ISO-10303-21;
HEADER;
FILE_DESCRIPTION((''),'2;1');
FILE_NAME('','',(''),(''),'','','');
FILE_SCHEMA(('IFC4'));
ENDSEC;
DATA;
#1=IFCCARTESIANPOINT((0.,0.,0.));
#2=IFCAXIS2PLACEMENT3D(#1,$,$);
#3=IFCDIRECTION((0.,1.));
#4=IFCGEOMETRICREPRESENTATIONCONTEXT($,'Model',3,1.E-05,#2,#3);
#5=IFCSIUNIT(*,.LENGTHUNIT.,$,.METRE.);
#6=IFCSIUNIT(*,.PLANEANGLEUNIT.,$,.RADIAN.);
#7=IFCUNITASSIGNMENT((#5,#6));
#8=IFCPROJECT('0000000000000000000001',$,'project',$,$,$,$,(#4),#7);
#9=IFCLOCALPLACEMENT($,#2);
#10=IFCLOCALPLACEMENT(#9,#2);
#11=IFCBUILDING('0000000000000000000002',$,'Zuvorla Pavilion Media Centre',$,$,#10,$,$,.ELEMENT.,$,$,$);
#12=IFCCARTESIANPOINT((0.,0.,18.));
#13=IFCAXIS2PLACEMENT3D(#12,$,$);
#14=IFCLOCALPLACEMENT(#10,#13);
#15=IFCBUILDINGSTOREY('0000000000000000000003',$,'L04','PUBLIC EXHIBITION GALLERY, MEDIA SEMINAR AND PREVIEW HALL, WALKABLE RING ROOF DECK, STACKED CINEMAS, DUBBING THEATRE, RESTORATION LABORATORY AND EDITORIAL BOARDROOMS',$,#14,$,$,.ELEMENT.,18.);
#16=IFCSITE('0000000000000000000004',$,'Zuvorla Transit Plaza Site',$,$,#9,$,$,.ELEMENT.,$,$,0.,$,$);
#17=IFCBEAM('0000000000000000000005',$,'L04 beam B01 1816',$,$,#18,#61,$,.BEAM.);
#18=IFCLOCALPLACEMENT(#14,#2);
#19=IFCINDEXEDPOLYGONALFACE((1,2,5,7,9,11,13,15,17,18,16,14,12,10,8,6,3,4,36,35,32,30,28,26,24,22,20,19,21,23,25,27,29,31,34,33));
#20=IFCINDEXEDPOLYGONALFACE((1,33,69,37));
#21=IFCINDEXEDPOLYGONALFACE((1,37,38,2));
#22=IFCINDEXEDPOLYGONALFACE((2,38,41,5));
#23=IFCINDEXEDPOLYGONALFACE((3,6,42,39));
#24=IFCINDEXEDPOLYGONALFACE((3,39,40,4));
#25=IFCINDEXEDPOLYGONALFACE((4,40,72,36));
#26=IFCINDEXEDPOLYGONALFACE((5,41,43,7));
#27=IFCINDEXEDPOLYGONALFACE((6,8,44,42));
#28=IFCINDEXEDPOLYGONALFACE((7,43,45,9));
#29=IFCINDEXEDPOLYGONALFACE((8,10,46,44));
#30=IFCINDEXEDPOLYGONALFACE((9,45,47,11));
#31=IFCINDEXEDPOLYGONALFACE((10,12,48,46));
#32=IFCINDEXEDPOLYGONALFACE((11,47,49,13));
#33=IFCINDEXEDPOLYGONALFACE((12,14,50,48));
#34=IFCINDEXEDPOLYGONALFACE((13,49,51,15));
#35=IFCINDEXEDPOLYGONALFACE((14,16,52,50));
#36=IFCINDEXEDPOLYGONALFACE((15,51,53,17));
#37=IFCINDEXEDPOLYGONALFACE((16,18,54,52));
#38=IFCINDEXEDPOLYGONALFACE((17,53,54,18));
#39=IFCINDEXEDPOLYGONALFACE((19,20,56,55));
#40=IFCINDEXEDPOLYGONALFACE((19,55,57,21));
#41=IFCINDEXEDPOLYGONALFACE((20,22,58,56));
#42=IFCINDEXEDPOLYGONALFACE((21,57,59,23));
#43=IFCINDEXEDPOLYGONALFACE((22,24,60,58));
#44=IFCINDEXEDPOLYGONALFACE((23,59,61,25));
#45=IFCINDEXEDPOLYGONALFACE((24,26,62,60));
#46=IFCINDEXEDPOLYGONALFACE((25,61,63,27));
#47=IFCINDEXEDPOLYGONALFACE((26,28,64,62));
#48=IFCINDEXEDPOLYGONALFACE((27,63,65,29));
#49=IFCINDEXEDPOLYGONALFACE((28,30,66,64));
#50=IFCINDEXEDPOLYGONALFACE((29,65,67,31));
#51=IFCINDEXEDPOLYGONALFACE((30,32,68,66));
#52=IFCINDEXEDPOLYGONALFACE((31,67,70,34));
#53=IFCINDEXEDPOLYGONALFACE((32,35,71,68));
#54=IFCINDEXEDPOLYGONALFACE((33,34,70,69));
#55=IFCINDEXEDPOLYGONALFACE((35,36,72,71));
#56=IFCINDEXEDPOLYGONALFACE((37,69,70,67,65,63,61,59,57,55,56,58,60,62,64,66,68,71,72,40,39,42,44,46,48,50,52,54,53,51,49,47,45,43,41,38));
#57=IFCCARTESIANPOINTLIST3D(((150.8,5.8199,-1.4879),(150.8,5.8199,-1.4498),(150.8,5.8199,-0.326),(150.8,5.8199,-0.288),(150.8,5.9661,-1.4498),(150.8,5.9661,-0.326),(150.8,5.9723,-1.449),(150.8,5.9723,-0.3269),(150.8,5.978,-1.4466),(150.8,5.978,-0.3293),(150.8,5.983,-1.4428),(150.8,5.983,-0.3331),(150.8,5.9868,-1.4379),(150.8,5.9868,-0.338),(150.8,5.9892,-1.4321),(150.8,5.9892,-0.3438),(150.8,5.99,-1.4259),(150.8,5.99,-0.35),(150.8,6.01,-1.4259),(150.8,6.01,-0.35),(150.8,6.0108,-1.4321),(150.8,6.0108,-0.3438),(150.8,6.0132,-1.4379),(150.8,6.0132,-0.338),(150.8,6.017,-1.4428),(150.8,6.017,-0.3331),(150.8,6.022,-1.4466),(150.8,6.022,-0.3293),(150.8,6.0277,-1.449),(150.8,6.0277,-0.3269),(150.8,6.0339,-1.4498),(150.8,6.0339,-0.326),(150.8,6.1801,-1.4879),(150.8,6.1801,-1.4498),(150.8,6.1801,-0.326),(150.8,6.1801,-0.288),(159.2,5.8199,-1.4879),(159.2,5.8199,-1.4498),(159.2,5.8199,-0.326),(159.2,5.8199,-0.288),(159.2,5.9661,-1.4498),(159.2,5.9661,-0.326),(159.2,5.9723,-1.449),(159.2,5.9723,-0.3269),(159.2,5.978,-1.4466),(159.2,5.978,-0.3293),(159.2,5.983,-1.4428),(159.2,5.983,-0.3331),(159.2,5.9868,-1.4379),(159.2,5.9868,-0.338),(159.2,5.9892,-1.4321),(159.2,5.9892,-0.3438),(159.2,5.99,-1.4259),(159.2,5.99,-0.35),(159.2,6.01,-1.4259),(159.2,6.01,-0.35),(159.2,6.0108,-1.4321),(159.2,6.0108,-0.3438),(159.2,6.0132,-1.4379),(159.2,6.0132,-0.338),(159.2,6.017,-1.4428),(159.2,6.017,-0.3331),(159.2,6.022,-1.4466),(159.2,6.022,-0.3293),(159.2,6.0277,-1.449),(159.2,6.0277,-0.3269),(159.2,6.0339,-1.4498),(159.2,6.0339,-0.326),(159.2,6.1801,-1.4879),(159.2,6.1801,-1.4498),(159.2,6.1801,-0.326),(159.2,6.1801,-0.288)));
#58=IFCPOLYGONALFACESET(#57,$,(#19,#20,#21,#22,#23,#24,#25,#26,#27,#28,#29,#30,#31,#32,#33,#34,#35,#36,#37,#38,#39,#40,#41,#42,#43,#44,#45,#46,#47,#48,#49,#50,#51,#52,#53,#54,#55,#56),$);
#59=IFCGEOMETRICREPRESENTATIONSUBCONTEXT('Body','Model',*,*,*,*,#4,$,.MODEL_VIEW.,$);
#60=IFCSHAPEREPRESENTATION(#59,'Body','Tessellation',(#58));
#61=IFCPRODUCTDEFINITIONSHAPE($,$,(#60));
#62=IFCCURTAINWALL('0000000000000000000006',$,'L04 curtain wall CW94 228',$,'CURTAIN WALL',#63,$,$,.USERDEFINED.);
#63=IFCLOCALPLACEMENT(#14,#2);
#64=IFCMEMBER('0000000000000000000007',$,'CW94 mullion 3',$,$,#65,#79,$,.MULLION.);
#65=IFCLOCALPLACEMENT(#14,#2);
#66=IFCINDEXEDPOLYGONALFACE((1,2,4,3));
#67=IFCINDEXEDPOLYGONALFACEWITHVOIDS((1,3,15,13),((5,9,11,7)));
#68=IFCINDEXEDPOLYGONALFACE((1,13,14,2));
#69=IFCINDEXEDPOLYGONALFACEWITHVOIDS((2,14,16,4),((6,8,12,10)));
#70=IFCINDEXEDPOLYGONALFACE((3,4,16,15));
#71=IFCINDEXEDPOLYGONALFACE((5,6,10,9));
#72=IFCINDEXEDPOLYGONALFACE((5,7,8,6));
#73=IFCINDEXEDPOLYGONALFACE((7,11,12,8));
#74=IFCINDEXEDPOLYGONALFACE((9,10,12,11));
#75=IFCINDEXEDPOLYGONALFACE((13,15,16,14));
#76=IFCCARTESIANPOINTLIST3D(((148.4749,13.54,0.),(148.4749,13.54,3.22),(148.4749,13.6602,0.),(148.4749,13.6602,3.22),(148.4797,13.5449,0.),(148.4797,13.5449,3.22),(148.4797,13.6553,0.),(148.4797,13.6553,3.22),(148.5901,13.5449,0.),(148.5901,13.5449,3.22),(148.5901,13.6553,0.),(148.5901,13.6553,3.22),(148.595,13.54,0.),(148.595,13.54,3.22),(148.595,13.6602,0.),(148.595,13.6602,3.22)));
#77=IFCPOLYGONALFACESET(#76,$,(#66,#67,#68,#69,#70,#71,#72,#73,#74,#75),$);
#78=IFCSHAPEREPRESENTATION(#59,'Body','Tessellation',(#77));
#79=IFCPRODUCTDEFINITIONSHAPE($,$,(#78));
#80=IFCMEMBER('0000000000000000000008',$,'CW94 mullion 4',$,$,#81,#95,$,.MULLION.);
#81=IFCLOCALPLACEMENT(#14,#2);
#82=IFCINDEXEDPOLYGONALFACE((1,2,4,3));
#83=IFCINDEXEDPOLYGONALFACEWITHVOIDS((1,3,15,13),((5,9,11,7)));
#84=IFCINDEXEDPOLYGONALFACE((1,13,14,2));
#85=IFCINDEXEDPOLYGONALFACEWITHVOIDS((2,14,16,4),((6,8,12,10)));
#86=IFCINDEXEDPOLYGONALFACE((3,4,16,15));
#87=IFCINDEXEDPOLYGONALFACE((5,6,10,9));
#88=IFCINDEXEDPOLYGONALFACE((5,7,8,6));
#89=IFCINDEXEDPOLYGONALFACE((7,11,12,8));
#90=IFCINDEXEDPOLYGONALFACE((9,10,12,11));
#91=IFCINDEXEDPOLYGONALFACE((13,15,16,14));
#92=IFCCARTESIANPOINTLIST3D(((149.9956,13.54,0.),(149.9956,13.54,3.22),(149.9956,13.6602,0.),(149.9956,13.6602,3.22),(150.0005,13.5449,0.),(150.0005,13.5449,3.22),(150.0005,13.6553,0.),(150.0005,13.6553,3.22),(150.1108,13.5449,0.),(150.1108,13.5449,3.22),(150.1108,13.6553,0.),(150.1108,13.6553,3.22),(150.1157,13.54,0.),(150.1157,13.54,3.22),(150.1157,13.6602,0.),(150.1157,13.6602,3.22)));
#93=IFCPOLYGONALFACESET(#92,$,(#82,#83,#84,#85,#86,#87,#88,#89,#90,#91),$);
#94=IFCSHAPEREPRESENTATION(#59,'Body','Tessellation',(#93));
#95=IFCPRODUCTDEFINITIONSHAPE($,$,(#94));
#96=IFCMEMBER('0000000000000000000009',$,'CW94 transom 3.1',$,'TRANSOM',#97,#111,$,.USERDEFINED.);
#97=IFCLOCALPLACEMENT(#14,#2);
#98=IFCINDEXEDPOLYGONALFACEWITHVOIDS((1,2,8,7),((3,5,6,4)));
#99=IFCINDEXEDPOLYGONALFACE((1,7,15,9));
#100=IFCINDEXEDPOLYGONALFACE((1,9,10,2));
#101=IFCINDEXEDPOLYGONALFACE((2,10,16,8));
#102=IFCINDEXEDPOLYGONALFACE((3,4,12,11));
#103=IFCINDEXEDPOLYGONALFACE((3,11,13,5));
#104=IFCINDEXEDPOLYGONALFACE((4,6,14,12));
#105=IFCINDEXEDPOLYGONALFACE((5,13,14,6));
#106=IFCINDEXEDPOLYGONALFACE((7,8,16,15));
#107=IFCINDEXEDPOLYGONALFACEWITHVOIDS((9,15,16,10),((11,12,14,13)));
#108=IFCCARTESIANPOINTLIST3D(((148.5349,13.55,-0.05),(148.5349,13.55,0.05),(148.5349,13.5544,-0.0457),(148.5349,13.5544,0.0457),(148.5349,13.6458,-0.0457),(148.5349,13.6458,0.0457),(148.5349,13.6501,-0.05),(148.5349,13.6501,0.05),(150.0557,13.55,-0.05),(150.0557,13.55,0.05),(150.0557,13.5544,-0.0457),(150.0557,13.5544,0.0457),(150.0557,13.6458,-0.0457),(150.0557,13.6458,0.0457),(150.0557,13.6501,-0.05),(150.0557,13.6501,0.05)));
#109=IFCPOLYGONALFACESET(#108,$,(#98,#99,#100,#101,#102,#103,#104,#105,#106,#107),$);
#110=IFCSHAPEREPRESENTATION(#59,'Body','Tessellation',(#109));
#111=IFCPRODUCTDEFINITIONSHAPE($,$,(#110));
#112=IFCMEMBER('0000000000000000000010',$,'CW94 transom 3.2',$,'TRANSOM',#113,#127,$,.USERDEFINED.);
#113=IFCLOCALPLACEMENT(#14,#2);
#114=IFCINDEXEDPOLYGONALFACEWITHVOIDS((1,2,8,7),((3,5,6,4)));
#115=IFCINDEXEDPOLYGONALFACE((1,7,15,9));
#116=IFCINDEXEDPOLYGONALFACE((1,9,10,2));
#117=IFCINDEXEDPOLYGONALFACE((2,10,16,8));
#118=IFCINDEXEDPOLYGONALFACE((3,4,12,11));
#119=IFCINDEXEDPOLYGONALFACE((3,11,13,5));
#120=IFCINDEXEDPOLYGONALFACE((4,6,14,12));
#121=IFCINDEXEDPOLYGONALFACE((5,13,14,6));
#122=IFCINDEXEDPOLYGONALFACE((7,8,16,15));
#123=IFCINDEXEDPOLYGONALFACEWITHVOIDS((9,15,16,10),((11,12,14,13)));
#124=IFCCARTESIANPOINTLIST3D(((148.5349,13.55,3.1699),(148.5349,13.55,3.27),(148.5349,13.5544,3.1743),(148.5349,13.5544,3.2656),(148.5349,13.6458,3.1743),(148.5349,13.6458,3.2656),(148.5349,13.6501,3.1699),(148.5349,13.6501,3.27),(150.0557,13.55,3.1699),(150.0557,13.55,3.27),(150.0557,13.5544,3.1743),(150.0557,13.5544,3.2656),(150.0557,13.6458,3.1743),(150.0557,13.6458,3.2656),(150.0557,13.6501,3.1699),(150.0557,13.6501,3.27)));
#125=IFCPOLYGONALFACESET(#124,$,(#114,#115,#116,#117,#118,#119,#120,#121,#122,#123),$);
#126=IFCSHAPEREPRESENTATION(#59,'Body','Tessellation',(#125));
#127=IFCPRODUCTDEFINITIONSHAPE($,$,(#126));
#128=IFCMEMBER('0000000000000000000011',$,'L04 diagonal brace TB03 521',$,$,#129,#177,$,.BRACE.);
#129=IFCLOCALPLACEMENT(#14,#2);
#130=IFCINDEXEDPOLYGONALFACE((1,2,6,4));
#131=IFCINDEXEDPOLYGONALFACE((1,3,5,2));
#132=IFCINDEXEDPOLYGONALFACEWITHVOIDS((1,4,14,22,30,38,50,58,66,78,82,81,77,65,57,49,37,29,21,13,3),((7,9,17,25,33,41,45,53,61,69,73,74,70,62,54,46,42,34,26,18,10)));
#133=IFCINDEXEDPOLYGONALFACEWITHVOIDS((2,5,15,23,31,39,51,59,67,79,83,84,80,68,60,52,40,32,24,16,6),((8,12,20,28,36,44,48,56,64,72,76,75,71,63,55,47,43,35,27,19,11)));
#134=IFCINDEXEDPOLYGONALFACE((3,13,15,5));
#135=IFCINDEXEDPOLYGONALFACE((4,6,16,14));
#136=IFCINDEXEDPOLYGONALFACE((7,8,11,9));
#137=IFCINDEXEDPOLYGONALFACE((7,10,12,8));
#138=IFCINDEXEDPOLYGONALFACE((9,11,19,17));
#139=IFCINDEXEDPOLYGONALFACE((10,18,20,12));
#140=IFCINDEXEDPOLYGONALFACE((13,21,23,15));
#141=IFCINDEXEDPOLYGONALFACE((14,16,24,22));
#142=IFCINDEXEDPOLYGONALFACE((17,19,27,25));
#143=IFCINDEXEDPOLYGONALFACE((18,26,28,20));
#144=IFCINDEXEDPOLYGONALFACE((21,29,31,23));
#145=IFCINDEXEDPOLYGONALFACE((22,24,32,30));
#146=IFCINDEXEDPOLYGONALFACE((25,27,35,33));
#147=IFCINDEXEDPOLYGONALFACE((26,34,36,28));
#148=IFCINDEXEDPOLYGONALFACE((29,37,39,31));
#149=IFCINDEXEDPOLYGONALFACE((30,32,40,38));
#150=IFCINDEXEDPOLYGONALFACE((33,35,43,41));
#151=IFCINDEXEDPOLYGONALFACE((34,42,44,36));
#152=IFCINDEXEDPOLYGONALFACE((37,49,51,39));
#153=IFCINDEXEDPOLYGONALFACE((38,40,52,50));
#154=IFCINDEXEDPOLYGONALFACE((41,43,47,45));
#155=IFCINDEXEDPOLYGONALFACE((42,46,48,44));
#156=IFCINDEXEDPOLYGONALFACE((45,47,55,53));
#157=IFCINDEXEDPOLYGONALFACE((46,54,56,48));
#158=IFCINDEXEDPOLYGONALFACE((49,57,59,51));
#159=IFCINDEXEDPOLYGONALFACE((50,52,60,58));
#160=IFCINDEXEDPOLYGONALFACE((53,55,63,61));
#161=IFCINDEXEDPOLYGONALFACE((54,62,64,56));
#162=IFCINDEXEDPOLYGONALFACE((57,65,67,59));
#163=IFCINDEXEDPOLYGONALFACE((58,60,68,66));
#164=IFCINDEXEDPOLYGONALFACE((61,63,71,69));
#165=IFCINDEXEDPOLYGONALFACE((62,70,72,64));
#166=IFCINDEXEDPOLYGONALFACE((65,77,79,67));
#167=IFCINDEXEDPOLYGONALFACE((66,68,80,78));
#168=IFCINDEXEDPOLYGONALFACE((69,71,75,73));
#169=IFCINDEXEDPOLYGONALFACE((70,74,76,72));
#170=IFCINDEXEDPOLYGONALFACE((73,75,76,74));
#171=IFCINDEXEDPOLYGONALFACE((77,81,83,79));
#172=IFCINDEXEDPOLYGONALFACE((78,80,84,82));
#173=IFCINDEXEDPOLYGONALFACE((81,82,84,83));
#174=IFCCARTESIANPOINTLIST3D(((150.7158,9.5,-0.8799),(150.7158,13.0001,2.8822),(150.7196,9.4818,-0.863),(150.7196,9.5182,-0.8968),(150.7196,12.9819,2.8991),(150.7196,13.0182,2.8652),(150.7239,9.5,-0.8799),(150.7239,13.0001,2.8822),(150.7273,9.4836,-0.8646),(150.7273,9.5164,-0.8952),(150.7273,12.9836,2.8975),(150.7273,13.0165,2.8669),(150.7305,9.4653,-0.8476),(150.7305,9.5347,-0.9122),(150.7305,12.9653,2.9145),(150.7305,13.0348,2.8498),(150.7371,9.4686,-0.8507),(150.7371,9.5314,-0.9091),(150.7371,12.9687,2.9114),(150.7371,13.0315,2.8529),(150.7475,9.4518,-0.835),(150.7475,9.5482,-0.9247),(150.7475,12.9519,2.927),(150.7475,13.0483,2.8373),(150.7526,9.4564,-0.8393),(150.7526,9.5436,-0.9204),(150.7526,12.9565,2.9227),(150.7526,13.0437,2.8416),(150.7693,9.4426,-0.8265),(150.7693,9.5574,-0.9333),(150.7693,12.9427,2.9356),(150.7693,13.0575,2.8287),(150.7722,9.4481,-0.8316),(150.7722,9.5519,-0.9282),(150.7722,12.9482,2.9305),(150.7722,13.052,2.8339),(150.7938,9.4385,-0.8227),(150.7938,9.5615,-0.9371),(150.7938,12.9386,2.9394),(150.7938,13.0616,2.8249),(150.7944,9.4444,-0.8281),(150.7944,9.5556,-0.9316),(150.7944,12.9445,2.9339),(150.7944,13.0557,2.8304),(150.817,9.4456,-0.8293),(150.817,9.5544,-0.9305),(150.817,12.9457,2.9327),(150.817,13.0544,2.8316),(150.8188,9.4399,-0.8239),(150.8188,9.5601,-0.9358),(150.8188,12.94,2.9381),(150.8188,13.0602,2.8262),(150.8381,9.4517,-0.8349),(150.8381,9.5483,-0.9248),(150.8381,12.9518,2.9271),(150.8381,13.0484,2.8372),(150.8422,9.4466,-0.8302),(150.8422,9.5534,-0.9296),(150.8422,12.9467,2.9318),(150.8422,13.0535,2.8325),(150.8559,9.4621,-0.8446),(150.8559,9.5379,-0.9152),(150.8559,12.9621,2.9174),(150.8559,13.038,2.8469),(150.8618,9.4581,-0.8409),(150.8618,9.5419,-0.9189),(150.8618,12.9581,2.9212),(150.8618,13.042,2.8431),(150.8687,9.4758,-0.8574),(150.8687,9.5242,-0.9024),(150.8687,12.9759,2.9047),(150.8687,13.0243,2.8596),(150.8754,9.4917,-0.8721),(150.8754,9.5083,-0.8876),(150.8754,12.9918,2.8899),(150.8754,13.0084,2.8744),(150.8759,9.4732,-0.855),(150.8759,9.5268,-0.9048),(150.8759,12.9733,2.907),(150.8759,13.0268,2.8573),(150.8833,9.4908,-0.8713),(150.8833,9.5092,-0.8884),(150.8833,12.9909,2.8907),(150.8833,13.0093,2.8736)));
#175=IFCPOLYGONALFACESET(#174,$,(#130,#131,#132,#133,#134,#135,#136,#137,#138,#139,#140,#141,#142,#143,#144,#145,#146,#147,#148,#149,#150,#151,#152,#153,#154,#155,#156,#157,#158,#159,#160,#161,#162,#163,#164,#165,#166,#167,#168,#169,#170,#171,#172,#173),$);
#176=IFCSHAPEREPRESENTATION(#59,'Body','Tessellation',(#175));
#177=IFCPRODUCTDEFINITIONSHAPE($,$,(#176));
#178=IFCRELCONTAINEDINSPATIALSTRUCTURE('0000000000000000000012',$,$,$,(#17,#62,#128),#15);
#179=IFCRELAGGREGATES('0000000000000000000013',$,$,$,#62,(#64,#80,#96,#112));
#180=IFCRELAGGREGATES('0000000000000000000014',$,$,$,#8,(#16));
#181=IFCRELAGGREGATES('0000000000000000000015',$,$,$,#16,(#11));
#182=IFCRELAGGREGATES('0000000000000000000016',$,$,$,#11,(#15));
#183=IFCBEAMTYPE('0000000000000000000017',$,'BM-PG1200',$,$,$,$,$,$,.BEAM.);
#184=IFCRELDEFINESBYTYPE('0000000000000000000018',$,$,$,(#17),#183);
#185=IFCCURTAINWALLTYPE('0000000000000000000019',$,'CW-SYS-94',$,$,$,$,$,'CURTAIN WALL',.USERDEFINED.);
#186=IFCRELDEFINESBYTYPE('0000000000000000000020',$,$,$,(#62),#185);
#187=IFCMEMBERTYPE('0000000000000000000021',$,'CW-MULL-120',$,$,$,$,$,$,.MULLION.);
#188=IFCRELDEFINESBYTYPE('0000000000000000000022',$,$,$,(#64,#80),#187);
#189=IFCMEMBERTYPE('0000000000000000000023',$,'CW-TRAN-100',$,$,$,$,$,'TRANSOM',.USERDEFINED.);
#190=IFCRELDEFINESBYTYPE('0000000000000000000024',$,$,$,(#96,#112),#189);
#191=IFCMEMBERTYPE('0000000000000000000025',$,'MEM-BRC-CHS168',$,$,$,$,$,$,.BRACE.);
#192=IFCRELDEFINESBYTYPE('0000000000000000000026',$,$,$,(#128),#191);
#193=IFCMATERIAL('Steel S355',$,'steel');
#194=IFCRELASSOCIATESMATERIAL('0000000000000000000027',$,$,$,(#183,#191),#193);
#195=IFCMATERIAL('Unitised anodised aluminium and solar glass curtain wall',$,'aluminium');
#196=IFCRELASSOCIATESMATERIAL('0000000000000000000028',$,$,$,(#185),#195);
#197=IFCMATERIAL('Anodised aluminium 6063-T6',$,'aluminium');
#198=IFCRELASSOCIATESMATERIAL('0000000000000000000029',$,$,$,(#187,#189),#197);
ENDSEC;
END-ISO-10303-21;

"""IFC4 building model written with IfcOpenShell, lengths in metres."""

from ifc_helpers import new_model, si_unit, direction, frame, origin, origin_2d, place, context, subcontext, project, spatial, hollow_rectangle, hollow_circle, i_section, extrude, material, material_profile, profile_set, type_object, element, aggregate, save


model = new_model("IFC4")

# Units and contexts
model_context = context("Model", 3, precision=1e-05, world=origin(), true_north=direction((0.0, 1.0)))
body_context = subcontext(model_context, "Body", "Model", "MODEL_VIEW")
ifc_project = project(units=[si_unit("LENGTHUNIT", "METRE"), si_unit("PLANEANGLEUNIT", "RADIAN")], contexts=[model_context])

# Site, building, storey
site_placement = place(None, origin())
site = spatial("IfcSite", under=ifc_project, at=site_placement, Name="Zuvorla Transit Plaza Site", CompositionType="ELEMENT", RefElevation=0.0)
building_placement = place(site_placement, origin())
building = spatial("IfcBuilding", under=site, at=building_placement, Name="Zuvorla Pavilion Media Centre", CompositionType="ELEMENT")
storey_placement = place(building_placement, frame((0.0, 0.0, 18.0)))
storey = spatial("IfcBuildingStorey", under=building, at=storey_placement, Name="L04", Description="PUBLIC EXHIBITION GALLERY, MEDIA SEMINAR AND PREVIEW HALL, WALKABLE RING ROOF DECK, STACKED CINEMAS, DUBBING THEATRE, RESTORATION LABORATORY AND EDITORIAL BOARDROOMS", CompositionType="ELEMENT", Elevation=18.0)

# Beam
ifc_material_1 = material(Name="Steel S355", Category="steel")
ifc_material_profile_1 = material_profile(ifc_material_1, i_section(OverallWidth=0.3601, OverallDepth=1.2, WebThickness=0.02, FlangeThickness=0.0381, FilletRadius=0.0239, at=origin_2d()), Name="PG 1200x360x38")
ifc_profile_set_1 = profile_set([ifc_material_profile_1], Name="Steel S355")
beam_type = type_object("IfcBeamType", Name="BM-PG1200", PredefinedType="BEAM", material=ifc_profile_set_1)
beam_placement = place(storey_placement, frame((150.8, 6.0, -0.8879), z_axis=(1.0, 0.0, 0.0), x_axis=(0.0, 1.0, 0.0)))
element("IfcBeam", 1, at=beam_placement, inside=storey, type_object=beam_type, Name="L04 beam B01 1816", PredefinedType="BEAM", context=body_context, shape_type="SweptSolid", body=[
    extrude(i_section(OverallWidth=0.3601, OverallDepth=1.2, WebThickness=0.02, FlangeThickness=0.0381, FilletRadius=0.0239, at=origin_2d()), origin(), (0.0, 0.0, 1.0), 8.3999),
])

# Curtain wall, members
ifc_material_2 = material(Name="Unitised anodised aluminium and solar glass curtain wall", Category="aluminium")
curtain_wall_type = type_object("IfcCurtainWallType", Name="CW-SYS-94", ElementType="CURTAIN WALL", PredefinedType="USERDEFINED", material=ifc_material_2)
curtain_wall_placement = place(storey_placement, origin())
curtain_wall = element("IfcCurtainWall", 2, at=curtain_wall_placement, inside=storey, type_object=curtain_wall_type, Name="L04 curtain wall CW94 228", ObjectType="CURTAIN WALL", PredefinedType="USERDEFINED")
ifc_material_3 = material(Name="Anodised aluminium 6063-T6", Category="aluminium")
ifc_material_profile_2 = material_profile(ifc_material_3, hollow_rectangle(XDim=0.1201, YDim=0.1201, WallThickness=0.0049, at=origin_2d()), Name="ALU MULL 120x120")
ifc_profile_set_2 = profile_set([ifc_material_profile_2], Name="Anodised aluminium 6063-T6")
member_type_1 = type_object("IfcMemberType", Name="CW-MULL-120", PredefinedType="MULLION", material=ifc_profile_set_2)
member_1_placement = place(storey_placement, frame((148.5349, 13.6001, 0.0), z_axis=(0.0, 0.0, 1.0), x_axis=(1.0, 0.0, 0.0)))
member_1 = element("IfcMember", 3, at=member_1_placement, type_object=member_type_1, Name="CW94 mullion 3", PredefinedType="MULLION", context=body_context, shape_type="SweptSolid", body=[
    extrude(hollow_rectangle(XDim=0.1201, YDim=0.1201, WallThickness=0.0049, at=origin_2d()), origin(), (0.0, 0.0, 1.0), 3.22),
])
member_2_placement = place(storey_placement, frame((150.0557, 13.6001, 0.0), z_axis=(0.0, 0.0, 1.0), x_axis=(1.0, 0.0, 0.0)))
member_2 = element("IfcMember", 4, at=member_2_placement, type_object=member_type_1, Name="CW94 mullion 4", PredefinedType="MULLION", context=body_context, shape_type="SweptSolid", body=[
    extrude(hollow_rectangle(XDim=0.1201, YDim=0.1201, WallThickness=0.0049, at=origin_2d()), origin(), (0.0, 0.0, 1.0), 3.22),
])
ifc_material_profile_3 = material_profile(ifc_material_3, hollow_rectangle(XDim=0.1001, YDim=0.1001, WallThickness=0.0044, at=origin_2d()), Name="ALU TRAN 100x100")
ifc_profile_set_3 = profile_set([ifc_material_profile_3], Name="Anodised aluminium 6063-T6")
member_type_2 = type_object("IfcMemberType", Name="CW-TRAN-100", ElementType="TRANSOM", PredefinedType="USERDEFINED", material=ifc_profile_set_3)
member_3_placement = place(storey_placement, frame((148.5349, 13.6001, 0.0), z_axis=(1.0, 0.0, 0.0), x_axis=(0.0, 1.0, 0.0)))
member_3 = element("IfcMember", 5, at=member_3_placement, type_object=member_type_2, Name="CW94 transom 3.1", ObjectType="TRANSOM", PredefinedType="USERDEFINED", context=body_context, shape_type="SweptSolid", body=[
    extrude(hollow_rectangle(XDim=0.1001, YDim=0.1001, WallThickness=0.0044, at=origin_2d()), origin(), (0.0, 0.0, 1.0), 1.5208),
])
member_4_placement = place(storey_placement, frame((148.5349, 13.6001, 3.22), z_axis=(1.0, 0.0, 0.0), x_axis=(0.0, 1.0, 0.0)))
member_4 = element("IfcMember", 6, at=member_4_placement, type_object=member_type_2, Name="CW94 transom 3.2", ObjectType="TRANSOM", PredefinedType="USERDEFINED", context=body_context, shape_type="SweptSolid", body=[
    extrude(hollow_rectangle(XDim=0.1001, YDim=0.1001, WallThickness=0.0044, at=origin_2d()), origin(), (0.0, 0.0, 1.0), 1.5208),
])

# Member
ifc_material_profile_4 = material_profile(ifc_material_1, hollow_circle(Radius=0.0842, WallThickness=0.0081, at=origin_2d()), Name="CHS 168.3x8")
ifc_profile_set_4 = profile_set([ifc_material_profile_4], Name="Steel S355")
member_type_3 = type_object("IfcMemberType", Name="MEM-BRC-CHS168", PredefinedType="BRACE", material=ifc_profile_set_4)
member_5_placement = place(storey_placement, frame((150.8, 9.5, -0.8799), z_axis=(0.0, 0.681156, 0.732138), x_axis=(-1.0, 0.0, 0.0)))
element("IfcMember", 7, at=member_5_placement, inside=storey, type_object=member_type_3, Name="L04 diagonal brace TB03 521", PredefinedType="BRACE", context=body_context, shape_type="SweptSolid", body=[
    extrude(hollow_circle(Radius=0.0842, WallThickness=0.0081, at=origin_2d()), origin(), (0.0, 0.0, 1.0), 5.1384),
])

aggregate(curtain_wall, [member_1, member_2, member_3, member_4])

save(model, "model.ifc")
